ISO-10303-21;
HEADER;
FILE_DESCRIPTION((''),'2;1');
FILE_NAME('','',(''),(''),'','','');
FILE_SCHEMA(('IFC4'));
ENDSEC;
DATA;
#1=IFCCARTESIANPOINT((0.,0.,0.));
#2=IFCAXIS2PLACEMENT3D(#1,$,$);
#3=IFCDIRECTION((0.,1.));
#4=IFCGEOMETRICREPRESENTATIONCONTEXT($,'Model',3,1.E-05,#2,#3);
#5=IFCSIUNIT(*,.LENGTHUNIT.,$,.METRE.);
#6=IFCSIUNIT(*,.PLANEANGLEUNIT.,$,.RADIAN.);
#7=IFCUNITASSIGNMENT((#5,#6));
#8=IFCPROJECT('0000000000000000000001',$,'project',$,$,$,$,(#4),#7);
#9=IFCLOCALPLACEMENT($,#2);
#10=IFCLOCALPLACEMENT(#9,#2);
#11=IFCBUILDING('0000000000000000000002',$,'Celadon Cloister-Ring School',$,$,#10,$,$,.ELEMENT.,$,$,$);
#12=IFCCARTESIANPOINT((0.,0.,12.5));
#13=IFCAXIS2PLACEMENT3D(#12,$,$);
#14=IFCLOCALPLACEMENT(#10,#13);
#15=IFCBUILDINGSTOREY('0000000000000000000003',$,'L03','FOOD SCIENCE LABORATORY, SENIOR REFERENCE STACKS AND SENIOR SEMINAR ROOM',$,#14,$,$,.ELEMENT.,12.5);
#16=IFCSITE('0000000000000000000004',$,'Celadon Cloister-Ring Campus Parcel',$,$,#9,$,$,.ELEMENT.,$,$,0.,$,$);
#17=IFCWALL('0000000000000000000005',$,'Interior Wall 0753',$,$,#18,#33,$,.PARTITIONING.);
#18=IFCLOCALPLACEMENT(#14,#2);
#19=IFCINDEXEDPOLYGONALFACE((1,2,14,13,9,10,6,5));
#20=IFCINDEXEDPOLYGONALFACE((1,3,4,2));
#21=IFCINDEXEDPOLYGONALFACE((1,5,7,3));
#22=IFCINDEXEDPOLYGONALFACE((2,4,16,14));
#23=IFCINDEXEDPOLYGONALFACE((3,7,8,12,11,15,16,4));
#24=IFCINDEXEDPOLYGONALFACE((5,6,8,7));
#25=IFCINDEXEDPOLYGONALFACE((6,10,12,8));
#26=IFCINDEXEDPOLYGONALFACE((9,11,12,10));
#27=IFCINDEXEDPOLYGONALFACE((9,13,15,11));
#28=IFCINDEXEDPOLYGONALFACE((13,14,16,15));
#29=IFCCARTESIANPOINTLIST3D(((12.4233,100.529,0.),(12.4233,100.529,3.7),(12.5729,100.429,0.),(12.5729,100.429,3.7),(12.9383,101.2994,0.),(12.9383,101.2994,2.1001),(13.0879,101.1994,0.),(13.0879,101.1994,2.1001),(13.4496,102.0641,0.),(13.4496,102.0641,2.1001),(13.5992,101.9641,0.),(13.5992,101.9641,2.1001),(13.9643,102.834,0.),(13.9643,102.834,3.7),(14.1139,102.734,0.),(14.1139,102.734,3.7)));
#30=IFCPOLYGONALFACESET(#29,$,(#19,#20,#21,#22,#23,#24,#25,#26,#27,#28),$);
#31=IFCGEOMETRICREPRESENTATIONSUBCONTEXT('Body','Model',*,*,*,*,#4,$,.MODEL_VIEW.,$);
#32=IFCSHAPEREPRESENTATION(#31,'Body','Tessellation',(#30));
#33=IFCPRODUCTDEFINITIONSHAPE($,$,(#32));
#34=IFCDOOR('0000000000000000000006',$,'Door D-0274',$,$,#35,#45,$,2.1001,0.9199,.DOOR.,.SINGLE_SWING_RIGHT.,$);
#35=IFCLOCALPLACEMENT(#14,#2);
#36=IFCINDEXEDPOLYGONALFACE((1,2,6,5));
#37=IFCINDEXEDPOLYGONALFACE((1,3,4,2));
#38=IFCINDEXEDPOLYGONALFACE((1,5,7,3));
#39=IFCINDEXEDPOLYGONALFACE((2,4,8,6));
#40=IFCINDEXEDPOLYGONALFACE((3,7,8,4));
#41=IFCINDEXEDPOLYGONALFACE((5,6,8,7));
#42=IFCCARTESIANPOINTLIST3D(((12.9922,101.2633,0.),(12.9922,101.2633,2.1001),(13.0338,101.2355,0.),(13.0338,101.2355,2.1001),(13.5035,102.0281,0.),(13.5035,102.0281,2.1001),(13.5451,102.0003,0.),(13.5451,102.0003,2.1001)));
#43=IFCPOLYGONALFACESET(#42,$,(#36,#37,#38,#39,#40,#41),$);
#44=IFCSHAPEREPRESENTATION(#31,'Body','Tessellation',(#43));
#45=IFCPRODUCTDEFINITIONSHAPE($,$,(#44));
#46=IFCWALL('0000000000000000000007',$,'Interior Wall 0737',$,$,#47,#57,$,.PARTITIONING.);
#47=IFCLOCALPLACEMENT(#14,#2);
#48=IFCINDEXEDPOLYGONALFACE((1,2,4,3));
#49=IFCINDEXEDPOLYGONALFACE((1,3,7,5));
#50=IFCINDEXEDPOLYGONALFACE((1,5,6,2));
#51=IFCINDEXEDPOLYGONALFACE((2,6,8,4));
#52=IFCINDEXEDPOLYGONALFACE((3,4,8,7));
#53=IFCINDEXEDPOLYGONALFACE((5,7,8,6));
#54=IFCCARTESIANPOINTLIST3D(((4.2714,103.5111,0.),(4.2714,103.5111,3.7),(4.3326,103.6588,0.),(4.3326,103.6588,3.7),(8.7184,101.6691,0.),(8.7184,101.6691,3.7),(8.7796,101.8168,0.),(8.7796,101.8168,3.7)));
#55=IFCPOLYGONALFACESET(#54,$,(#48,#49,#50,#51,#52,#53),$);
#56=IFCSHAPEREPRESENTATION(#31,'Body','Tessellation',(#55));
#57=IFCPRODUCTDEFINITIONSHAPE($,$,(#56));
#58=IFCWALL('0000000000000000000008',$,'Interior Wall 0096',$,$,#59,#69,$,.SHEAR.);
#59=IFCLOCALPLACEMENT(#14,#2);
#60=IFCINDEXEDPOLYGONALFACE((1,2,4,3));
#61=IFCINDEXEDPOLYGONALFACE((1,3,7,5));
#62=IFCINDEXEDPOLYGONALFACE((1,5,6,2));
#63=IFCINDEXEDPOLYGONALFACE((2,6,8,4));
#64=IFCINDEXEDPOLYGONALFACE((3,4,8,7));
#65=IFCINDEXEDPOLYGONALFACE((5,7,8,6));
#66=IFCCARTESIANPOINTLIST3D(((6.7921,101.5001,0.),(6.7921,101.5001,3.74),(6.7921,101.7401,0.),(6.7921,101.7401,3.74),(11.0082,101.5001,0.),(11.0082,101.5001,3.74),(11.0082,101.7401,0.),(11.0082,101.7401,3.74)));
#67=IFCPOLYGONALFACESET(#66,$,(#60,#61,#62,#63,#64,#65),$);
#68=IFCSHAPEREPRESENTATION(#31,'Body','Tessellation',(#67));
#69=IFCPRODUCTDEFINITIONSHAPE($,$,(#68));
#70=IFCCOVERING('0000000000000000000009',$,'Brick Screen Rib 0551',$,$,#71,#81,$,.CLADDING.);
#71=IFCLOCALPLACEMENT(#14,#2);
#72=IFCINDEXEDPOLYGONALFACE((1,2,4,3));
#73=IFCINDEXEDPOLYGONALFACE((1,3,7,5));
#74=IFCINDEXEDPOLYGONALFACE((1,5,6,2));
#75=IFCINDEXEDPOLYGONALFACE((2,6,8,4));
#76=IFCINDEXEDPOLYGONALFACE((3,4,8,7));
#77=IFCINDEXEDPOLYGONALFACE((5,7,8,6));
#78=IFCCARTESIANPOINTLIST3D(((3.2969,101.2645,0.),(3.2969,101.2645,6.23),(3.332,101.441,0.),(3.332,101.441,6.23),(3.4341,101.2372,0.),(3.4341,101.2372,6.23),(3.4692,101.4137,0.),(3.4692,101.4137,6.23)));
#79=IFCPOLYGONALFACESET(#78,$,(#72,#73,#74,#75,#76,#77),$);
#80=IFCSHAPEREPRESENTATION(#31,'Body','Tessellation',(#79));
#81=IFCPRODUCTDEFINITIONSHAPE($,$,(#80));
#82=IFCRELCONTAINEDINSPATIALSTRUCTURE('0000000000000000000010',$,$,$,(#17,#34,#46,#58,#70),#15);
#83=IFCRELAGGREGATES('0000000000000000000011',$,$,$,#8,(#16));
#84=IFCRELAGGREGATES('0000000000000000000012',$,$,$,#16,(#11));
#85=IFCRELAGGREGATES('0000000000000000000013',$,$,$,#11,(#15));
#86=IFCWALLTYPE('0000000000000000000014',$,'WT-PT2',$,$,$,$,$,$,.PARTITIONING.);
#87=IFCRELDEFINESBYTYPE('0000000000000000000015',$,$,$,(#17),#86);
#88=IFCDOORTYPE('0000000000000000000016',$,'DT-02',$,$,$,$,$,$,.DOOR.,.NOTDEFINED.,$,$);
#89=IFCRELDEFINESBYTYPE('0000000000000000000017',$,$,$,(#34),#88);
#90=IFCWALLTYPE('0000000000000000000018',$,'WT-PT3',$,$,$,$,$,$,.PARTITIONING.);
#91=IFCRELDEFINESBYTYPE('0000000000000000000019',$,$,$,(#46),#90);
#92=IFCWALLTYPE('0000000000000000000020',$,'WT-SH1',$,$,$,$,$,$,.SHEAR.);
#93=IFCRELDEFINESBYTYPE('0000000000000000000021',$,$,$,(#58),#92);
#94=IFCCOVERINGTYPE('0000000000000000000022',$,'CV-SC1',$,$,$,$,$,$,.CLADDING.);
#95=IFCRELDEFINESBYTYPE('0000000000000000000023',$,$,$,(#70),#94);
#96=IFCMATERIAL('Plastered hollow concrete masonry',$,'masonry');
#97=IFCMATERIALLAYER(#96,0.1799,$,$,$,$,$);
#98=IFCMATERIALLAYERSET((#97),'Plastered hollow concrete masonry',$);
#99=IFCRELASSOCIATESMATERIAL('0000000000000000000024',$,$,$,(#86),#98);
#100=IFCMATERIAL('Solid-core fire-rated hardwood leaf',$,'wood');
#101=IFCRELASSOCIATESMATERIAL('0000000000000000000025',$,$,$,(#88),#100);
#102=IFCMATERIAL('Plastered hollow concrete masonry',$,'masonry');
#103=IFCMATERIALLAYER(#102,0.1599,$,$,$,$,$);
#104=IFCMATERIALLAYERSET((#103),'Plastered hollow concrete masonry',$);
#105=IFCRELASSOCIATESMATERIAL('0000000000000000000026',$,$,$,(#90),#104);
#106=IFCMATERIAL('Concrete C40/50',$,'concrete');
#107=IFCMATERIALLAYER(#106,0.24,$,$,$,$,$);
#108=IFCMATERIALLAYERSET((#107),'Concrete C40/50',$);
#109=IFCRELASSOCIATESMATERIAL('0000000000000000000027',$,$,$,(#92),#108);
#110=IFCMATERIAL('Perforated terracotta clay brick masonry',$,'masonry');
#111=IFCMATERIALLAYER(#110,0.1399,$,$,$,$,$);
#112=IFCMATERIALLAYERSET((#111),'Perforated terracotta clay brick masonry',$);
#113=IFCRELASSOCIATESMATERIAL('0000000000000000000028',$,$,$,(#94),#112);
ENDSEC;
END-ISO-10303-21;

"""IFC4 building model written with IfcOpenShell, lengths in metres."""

from ifc_helpers import new_model, si_unit, direction, frame, frame_2d, origin, origin_2d, place, context, subcontext, project, spatial, rectangle, extrude, material, layer, layer_set, type_object, element, fill, save


model = new_model("IFC4")

# Units and contexts
model_context = context("Model", 3, precision=1e-05, world=origin(), true_north=direction((0.0, 1.0)))
body_context = subcontext(model_context, "Body", "Model", "MODEL_VIEW")
ifc_project = project(units=[si_unit("LENGTHUNIT", "METRE"), si_unit("PLANEANGLEUNIT", "RADIAN")], contexts=[model_context])

# Site, building, storey
site_placement = place(None, origin())
site = spatial("IfcSite", under=ifc_project, at=site_placement, Name="Celadon Cloister-Ring Campus Parcel", CompositionType="ELEMENT", RefElevation=0.0)
building_placement = place(site_placement, origin())
building = spatial("IfcBuilding", under=site, at=building_placement, Name="Celadon Cloister-Ring School", CompositionType="ELEMENT")
storey_placement = place(building_placement, frame((0.0, 0.0, 12.5)))
storey = spatial("IfcBuildingStorey", under=building, at=storey_placement, Name="L03", Description="FOOD SCIENCE LABORATORY, SENIOR REFERENCE STACKS AND SENIOR SEMINAR ROOM", CompositionType="ELEMENT", Elevation=12.5)

# Wall, opening, door
ifc_material_1 = material(Name="Plastered hollow concrete masonry", Category="masonry")
ifc_layer_1 = layer(ifc_material_1, 0.1799)
ifc_layer_set_1 = layer_set([ifc_layer_1], Name="Plastered hollow concrete masonry")
wall_type_1 = type_object("IfcWallType", Name="WT-PT2", PredefinedType="PARTITIONING", material=ifc_layer_set_1)
wall_1_placement = place(storey_placement, frame((14.0391, 102.7839, 0.0), z_axis=(0.0, 0.0, 1.0), x_axis=(-0.555797, -0.831318, 0.0)))
wall_1 = element("IfcWall", 1, at=wall_1_placement, inside=storey, type_object=wall_type_1, Name="Interior Wall 0753", PredefinedType="PARTITIONING", context=body_context, shape_type="SweptSolid", body=[
    extrude(rectangle(XDim=2.7727, YDim=0.1799, at=frame_2d((1.3862, 0.0))), origin(), (0.0, 0.0, 1.0), 3.7),
])
opening_1_placement = place(wall_1_placement, frame((0.926, 0.0, 0.0)))
opening_1 = element("IfcOpeningElement", 2, at=opening_1_placement, cuts=wall_1, PredefinedType="OPENING", context=body_context, shape_type="SweptSolid", body=[
    extrude(rectangle(XDim=0.9199, YDim=2.1001, at=frame_2d((0.46, 1.05))), frame((0.0, 0.1001, 0.0), z_axis=(0.0, -1.0, 0.0), x_axis=(1.0, 0.0, 0.0)), (0.0, 0.0, 1.0), 0.2),
])
ifc_material_2 = material(Name="Solid-core fire-rated hardwood leaf", Category="wood")
door_type = type_object("IfcDoorType", Name="DT-02", OperationType="NOTDEFINED", PredefinedType="DOOR", material=ifc_material_2)
door_placement = place(opening_1_placement, origin())
door = element("IfcDoor", 3, at=door_placement, inside=storey, type_object=door_type, Name="Door D-0274", OperationType="SINGLE_SWING_RIGHT", OverallHeight=2.1001, OverallWidth=0.9199, PredefinedType="DOOR", context=body_context, shape_type="SweptSolid", body=[
    extrude(rectangle(XDim=0.9199, YDim=2.1001, at=frame_2d((0.46, 1.05))), frame((0.0, 0.0249, 0.0), z_axis=(0.0, -1.0, 0.0), x_axis=(1.0, 0.0, 0.0)), (0.0, 0.0, 1.0), 0.05),
])
fill(opening_1, door)

# Walls
ifc_material_3 = material(Name="Plastered hollow concrete masonry", Category="masonry")
ifc_layer_2 = layer(ifc_material_3, 0.1599)
ifc_layer_set_2 = layer_set([ifc_layer_2], Name="Plastered hollow concrete masonry")
wall_type_2 = type_object("IfcWallType", Name="WT-PT3", PredefinedType="PARTITIONING", material=ifc_layer_set_2)
wall_2_placement = place(storey_placement, frame((8.749, 101.7429, 0.0), z_axis=(0.0, 0.0, 1.0), x_axis=(-0.923878, 0.382688, 0.0)))
element("IfcWall", 4, at=wall_2_placement, inside=storey, type_object=wall_type_2, Name="Interior Wall 0737", PredefinedType="PARTITIONING", context=body_context, shape_type="SweptSolid", body=[
    extrude(rectangle(XDim=4.8135, YDim=0.1599, at=frame_2d((2.4067, 0.0))), origin(), (0.0, 0.0, 1.0), 3.7),
])
ifc_material_4 = material(Name="Concrete C40/50", Category="concrete")
ifc_layer_3 = layer(ifc_material_4, 0.24)
ifc_layer_set_3 = layer_set([ifc_layer_3], Name="Concrete C40/50")
wall_type_3 = type_object("IfcWallType", Name="WT-SH1", PredefinedType="SHEAR", material=ifc_layer_set_3)
wall_3_placement = place(storey_placement, frame((11.0081, 101.6201, 0.0), z_axis=(0.0, 0.0, 1.0), x_axis=(-1.0, 0.0, 0.0)))
element("IfcWall", 5, at=wall_3_placement, inside=storey, type_object=wall_type_3, Name="Interior Wall 0096", PredefinedType="SHEAR", context=body_context, shape_type="SweptSolid", body=[
    extrude(rectangle(XDim=4.2161, YDim=0.24, at=frame_2d((2.1079, 0.0))), origin(), (0.0, 0.0, 1.0), 3.74),
])

# Covering
ifc_material_5 = material(Name="Perforated terracotta clay brick masonry", Category="masonry")
ifc_layer_4 = layer(ifc_material_5, 0.1399)
ifc_layer_set_4 = layer_set([ifc_layer_4], Name="Perforated terracotta clay brick masonry")
covering_type = type_object("IfcCoveringType", Name="CV-SC1", PredefinedType="CLADDING", material=ifc_layer_set_4)
covering_placement = place(storey_placement, frame((3.3831, 101.3391, 0.0), z_axis=(0.0, 0.0, 1.0), x_axis=(0.195142, 0.980775, 0.0)))
element("IfcCovering", 6, at=covering_placement, inside=storey, type_object=covering_type, Name="Brick Screen Rib 0551", PredefinedType="CLADDING", context=body_context, shape_type="SweptSolid", body=[
    extrude(rectangle(XDim=0.1799, YDim=0.1399, at=origin_2d()), origin(), (0.0, 0.0, 1.0), 6.23),
])

save(model, "model.ifc")
